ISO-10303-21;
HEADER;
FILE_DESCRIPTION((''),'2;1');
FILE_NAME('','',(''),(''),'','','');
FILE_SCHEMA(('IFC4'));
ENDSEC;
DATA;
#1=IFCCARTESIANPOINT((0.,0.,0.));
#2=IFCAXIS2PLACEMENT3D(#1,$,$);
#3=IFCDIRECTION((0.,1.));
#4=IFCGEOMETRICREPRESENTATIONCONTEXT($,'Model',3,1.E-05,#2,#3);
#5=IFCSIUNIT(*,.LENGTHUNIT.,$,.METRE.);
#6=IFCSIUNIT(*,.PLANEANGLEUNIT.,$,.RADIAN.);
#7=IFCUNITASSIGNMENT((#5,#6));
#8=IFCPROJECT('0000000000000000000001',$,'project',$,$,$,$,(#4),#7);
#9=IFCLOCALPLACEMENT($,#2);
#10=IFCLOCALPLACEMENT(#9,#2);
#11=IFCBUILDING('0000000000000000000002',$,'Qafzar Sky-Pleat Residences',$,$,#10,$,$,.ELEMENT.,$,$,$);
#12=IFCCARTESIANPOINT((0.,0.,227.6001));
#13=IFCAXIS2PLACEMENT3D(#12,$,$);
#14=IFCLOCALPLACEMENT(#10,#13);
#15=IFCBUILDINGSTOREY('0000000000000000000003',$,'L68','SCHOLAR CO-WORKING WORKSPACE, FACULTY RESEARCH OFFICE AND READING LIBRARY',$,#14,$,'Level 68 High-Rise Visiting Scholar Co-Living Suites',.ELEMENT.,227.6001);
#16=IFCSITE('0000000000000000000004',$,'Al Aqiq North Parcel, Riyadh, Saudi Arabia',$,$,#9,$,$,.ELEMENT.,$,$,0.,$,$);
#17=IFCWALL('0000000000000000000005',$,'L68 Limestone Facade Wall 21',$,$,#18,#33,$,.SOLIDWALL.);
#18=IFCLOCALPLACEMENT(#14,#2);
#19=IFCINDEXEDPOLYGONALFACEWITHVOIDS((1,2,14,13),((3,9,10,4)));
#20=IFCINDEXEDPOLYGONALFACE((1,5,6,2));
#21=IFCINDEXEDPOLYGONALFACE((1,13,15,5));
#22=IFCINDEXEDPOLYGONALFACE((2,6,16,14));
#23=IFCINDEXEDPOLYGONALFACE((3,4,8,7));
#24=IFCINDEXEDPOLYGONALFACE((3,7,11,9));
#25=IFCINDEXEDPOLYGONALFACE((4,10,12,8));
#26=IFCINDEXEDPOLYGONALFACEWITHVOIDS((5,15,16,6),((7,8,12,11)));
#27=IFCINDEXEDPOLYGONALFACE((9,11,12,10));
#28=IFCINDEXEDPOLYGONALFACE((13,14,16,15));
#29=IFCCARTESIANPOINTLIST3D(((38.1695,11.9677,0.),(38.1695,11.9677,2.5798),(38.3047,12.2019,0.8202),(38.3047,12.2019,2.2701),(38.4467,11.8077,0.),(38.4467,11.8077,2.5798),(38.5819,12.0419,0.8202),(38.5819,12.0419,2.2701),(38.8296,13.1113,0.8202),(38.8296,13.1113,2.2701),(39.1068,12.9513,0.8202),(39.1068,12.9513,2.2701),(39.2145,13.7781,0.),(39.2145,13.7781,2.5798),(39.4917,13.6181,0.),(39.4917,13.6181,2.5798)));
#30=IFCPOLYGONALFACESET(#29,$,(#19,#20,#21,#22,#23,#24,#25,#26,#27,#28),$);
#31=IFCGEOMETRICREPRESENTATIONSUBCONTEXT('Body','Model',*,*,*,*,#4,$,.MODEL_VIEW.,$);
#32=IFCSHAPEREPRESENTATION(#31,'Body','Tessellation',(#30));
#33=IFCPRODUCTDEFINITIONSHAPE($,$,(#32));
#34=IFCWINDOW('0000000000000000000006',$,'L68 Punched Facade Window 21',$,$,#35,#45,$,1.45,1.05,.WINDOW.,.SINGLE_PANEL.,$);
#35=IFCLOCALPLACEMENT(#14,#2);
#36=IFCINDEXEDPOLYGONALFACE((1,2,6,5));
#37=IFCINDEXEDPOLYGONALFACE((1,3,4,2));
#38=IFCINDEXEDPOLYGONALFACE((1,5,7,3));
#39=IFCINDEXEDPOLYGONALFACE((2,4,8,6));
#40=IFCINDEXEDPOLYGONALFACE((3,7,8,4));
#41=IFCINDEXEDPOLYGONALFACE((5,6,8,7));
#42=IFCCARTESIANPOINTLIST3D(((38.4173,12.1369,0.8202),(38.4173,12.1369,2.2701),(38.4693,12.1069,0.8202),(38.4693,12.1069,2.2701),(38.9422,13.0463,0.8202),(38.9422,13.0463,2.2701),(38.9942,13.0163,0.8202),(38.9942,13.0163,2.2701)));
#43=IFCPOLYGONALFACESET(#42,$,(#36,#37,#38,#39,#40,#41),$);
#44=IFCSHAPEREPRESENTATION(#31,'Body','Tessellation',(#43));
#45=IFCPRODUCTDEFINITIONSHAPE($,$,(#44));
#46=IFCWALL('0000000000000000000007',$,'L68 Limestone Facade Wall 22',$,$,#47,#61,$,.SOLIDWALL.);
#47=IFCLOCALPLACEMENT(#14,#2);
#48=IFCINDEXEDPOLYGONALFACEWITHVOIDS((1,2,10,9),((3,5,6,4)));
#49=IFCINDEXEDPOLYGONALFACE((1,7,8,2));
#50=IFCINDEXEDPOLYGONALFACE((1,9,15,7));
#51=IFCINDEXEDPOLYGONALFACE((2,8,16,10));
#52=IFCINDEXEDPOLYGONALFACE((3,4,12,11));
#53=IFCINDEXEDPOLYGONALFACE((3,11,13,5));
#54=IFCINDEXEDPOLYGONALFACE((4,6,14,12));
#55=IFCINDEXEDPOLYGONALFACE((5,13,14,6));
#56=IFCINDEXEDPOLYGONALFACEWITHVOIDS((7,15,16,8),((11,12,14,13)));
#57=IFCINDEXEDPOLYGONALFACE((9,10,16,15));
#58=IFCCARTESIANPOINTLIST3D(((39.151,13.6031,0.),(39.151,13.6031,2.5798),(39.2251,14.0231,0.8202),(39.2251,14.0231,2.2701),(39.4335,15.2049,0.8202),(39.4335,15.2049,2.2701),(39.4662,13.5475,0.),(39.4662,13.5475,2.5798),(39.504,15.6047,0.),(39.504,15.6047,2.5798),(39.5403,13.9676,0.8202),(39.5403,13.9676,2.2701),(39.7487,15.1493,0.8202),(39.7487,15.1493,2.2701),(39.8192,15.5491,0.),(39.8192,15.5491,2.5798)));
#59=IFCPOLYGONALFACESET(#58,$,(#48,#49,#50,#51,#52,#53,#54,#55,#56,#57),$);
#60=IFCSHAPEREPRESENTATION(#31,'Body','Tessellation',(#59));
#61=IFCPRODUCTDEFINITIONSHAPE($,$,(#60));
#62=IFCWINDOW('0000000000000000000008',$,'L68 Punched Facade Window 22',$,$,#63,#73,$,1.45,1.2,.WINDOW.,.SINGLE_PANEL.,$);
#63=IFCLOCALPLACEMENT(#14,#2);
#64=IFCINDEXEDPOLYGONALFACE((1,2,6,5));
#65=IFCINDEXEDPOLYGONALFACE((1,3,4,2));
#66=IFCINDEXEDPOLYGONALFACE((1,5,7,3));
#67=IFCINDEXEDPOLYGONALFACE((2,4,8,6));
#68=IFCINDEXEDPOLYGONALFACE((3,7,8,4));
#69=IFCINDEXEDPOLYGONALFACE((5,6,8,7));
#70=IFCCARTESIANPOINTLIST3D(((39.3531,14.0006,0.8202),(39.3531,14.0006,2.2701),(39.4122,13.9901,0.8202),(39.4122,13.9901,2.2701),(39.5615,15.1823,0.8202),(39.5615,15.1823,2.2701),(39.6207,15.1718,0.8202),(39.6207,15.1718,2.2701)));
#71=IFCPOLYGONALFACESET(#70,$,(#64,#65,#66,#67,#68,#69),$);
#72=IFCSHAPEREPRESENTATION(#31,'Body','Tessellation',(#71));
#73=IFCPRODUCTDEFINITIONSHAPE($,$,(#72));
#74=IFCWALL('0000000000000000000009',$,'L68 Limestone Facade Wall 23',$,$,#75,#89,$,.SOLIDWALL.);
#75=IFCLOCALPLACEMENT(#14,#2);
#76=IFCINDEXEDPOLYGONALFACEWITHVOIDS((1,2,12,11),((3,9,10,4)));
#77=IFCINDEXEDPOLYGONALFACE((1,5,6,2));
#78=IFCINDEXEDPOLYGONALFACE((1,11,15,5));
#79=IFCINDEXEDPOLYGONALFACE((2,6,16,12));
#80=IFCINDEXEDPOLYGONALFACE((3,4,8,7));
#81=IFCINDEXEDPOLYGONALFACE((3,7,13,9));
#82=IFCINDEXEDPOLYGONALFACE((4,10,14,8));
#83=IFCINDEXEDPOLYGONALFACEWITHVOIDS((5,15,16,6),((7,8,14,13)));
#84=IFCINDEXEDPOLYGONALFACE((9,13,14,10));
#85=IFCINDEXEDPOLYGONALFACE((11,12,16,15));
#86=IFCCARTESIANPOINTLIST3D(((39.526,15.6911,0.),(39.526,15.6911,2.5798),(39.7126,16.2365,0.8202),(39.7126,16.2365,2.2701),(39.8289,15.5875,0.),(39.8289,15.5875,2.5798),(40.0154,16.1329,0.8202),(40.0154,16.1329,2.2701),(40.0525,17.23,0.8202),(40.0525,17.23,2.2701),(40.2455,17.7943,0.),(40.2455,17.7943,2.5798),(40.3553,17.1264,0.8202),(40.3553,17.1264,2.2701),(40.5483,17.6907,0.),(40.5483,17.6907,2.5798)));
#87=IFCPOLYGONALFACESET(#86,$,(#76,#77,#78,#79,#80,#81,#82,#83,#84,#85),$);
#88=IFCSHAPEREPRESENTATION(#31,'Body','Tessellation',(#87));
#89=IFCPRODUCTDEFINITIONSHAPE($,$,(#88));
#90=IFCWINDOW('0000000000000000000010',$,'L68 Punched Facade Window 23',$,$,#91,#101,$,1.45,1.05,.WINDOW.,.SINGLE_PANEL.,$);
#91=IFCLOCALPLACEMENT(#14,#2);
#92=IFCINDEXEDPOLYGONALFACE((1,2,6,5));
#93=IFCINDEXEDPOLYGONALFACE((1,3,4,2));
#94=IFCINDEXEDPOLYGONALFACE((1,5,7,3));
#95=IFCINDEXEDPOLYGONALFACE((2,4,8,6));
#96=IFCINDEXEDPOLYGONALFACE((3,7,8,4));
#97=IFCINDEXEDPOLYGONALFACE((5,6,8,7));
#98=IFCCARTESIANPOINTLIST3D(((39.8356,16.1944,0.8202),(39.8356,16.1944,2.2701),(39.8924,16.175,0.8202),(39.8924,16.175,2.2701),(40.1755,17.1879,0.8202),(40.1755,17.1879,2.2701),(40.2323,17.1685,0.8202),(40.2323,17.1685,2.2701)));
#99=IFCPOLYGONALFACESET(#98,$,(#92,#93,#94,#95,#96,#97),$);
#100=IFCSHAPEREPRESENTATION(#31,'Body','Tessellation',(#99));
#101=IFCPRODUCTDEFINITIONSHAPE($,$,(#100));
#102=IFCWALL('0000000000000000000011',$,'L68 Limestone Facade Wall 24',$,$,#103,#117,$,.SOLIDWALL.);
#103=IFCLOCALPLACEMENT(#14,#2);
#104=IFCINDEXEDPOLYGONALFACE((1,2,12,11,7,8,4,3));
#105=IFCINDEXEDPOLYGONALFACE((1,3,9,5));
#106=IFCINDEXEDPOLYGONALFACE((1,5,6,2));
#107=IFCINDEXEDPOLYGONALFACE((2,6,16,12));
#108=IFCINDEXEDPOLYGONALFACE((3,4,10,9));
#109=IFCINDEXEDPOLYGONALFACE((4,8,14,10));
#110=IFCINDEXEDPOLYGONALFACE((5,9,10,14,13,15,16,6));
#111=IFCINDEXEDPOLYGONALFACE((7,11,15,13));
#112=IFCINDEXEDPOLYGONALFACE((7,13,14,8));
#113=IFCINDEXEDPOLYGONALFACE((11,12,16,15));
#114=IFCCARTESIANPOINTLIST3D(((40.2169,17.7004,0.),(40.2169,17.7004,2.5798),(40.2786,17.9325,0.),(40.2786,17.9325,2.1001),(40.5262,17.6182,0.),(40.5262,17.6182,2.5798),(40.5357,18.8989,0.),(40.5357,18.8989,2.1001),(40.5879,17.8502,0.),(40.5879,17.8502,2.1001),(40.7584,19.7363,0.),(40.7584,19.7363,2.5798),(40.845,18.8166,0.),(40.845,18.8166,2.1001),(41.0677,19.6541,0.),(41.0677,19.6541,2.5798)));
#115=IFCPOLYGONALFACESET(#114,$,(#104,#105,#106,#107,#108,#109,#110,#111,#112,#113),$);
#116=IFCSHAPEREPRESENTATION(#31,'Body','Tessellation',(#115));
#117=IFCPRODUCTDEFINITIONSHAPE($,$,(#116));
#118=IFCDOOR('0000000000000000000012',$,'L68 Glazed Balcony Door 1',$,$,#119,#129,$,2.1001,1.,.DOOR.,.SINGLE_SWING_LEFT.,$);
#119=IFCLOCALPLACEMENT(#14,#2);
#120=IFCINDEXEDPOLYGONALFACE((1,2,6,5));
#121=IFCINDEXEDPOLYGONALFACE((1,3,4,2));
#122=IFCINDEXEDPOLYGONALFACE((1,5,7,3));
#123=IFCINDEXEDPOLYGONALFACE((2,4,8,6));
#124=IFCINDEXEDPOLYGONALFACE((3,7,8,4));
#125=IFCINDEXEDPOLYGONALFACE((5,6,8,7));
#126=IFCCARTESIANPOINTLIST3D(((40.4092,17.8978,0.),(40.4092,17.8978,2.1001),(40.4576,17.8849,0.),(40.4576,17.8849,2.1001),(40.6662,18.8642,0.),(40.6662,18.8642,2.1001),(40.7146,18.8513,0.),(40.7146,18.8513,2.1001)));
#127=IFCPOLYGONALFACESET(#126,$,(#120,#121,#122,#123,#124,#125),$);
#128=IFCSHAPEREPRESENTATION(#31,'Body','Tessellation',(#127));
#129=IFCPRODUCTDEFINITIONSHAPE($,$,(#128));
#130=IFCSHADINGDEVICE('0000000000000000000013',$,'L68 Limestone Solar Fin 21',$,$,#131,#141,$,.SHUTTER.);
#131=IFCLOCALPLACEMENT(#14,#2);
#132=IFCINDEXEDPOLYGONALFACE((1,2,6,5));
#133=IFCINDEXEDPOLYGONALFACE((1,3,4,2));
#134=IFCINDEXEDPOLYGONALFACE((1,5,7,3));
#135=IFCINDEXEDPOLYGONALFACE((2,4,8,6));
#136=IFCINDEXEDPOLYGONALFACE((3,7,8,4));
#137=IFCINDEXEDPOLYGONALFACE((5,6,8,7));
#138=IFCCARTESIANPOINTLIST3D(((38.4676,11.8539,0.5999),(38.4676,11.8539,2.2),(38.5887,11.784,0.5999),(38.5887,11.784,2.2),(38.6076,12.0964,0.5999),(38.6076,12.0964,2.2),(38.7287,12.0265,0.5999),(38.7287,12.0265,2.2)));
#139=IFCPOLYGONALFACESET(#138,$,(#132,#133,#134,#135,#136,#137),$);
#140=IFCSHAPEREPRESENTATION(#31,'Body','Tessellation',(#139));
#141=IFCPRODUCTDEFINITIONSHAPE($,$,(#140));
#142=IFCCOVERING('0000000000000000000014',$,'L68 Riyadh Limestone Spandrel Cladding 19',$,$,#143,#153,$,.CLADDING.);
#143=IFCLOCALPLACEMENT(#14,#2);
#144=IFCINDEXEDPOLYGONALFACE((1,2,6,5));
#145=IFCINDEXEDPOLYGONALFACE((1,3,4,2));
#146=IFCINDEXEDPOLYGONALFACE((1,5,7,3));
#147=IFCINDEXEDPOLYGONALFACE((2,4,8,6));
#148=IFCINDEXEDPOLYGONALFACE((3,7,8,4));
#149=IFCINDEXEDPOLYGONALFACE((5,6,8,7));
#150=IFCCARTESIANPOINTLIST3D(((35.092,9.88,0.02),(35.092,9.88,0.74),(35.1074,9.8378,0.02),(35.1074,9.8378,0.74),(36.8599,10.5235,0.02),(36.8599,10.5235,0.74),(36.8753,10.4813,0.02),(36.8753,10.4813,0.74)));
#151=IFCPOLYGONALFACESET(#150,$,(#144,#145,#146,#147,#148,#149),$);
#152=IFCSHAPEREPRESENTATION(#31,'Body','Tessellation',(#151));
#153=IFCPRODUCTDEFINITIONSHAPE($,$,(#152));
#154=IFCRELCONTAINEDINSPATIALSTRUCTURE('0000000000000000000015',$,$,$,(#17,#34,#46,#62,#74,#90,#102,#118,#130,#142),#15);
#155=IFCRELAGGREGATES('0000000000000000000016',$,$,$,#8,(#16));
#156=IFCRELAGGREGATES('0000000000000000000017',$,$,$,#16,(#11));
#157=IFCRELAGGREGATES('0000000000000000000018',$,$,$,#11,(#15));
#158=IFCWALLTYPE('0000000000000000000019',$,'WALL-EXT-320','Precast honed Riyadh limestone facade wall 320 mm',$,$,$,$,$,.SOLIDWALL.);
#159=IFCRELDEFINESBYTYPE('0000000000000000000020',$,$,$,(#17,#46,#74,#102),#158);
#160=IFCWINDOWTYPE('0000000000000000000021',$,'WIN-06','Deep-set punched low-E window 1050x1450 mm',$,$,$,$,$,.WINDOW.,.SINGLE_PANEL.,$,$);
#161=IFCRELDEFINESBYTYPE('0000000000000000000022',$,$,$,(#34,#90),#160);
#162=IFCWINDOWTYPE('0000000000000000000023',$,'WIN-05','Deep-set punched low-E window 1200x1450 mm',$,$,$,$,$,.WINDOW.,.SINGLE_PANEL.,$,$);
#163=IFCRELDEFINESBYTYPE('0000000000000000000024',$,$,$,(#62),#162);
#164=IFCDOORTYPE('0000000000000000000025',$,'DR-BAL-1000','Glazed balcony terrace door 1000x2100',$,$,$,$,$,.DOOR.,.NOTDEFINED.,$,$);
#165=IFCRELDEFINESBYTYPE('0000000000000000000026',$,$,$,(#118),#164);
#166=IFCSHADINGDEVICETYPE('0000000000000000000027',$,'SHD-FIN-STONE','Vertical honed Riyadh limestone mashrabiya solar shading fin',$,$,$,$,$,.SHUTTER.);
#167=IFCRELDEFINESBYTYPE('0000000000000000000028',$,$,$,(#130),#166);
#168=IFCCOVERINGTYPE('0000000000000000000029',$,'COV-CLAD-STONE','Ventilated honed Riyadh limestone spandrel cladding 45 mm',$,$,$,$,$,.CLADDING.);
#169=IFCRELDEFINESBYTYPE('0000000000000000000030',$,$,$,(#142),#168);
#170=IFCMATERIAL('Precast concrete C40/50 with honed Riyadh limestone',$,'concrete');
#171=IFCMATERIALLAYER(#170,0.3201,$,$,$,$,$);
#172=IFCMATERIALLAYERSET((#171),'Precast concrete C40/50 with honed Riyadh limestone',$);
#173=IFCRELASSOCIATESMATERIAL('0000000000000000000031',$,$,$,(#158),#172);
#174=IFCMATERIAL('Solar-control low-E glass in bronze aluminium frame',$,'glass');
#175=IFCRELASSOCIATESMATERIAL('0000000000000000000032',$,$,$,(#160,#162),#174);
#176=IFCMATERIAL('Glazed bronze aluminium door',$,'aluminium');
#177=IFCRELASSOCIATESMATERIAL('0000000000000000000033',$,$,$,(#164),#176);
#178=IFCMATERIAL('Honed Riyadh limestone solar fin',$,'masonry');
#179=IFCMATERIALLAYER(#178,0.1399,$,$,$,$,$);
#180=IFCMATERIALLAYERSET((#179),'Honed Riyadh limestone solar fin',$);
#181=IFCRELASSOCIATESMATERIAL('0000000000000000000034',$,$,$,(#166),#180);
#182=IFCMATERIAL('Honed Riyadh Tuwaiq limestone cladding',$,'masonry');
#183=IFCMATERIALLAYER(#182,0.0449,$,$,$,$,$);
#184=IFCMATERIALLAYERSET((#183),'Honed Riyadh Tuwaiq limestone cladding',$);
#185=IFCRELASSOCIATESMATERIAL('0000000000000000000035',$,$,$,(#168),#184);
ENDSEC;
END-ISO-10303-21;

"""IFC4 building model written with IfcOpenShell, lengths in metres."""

from ifc_helpers import new_model, si_unit, direction, frame, frame_2d, origin, origin_2d, place, context, subcontext, project, spatial, rectangle, extrude, source, transform, mapped, material, layer, layer_set, type_object, element, fill, save


model = new_model("IFC4")

# Units and contexts
model_context = context("Model", 3, precision=1e-05, world=origin(), true_north=direction((0.0, 1.0)))
body_context = subcontext(model_context, "Body", "Model", "MODEL_VIEW")
ifc_project = project(units=[si_unit("LENGTHUNIT", "METRE"), si_unit("PLANEANGLEUNIT", "RADIAN")], contexts=[model_context])

# Site, building, storey
site_placement = place(None, origin())
site = spatial("IfcSite", under=ifc_project, at=site_placement, Name="Al Aqiq North Parcel, Riyadh, Saudi Arabia", CompositionType="ELEMENT", RefElevation=0.0)
building_placement = place(site_placement, origin())
building = spatial("IfcBuilding", under=site, at=building_placement, Name="Qafzar Sky-Pleat Residences", CompositionType="ELEMENT")
storey_placement = place(building_placement, frame((0.0, 0.0, 227.6001)))
storey = spatial("IfcBuildingStorey", under=building, at=storey_placement, Name="L68", Description="SCHOLAR CO-WORKING WORKSPACE, FACULTY RESEARCH OFFICE AND READING LIBRARY", LongName="Level 68 High-Rise Visiting Scholar Co-Living Suites", CompositionType="ELEMENT", Elevation=227.6001)

# Walls, openings, windows
ifc_material_1 = material(Name="Precast concrete C40/50 with honed Riyadh limestone", Category="concrete")
ifc_layer_1 = layer(ifc_material_1, 0.3201)
ifc_layer_set_1 = layer_set([ifc_layer_1], Name="Precast concrete C40/50 with honed Riyadh limestone")
wall_type_1 = type_object("IfcWallType", Name="WALL-EXT-320", Description="Precast honed Riyadh limestone facade wall 320 mm", PredefinedType="SOLIDWALL", material=ifc_layer_set_1)
ifc_material_2 = material(Name="Solar-control low-E glass in bronze aluminium frame", Category="glass")
wall_1_placement = place(storey_placement, frame((38.3081, 11.8877, 0.0), z_axis=(0.0, 0.0, 1.0), x_axis=(0.499908, 0.866079, 0.0)))
wall_1 = element("IfcWall", 1, at=wall_1_placement, inside=storey, type_object=wall_type_1, Name="L68 Limestone Facade Wall 21", PredefinedType="SOLIDWALL", context=body_context, shape_type="SweptSolid", body=[
    extrude(rectangle(XDim=2.0903, YDim=0.3201, at=frame_2d((1.0452, 0.0))), origin(), (0.0, 0.0, 1.0), 2.5798),
])
opening_1_placement = place(wall_1_placement, frame((0.2705, 0.0, 0.8201)))
opening_1 = element("IfcOpeningElement", 2, at=opening_1_placement, cuts=wall_1, PredefinedType="OPENING", context=body_context, shape_type="SweptSolid", body=[
    extrude(rectangle(XDim=1.05, YDim=1.45, at=frame_2d((0.5249, 0.7251))), frame((0.0, 0.1699, 0.0), z_axis=(0.0, -1.0, 0.0), x_axis=(1.0, 0.0, 0.0)), (0.0, 0.0, 1.0), 0.3401),
])
window_type_1 = type_object("IfcWindowType", Name="WIN-06", Description="Deep-set punched low-E window 1050x1450 mm", PartitioningType="SINGLE_PANEL", PredefinedType="WINDOW", material=ifc_material_2)
shared_shape_1 = source(origin(), body_context, "Body", "SweptSolid", [
    extrude(rectangle(XDim=1.05, YDim=1.45, at=frame_2d((0.5249, 0.7251))), frame((0.0, 0.03, 0.0), z_axis=(0.0, -1.0, 0.0), x_axis=(1.0, 0.0, 0.0)), (0.0, 0.0, 1.0), 0.0601),
])
window_1_placement = place(opening_1_placement, origin())
window_1 = element("IfcWindow", 3, at=window_1_placement, inside=storey, type_object=window_type_1, Name="L68 Punched Facade Window 21", OverallHeight=1.45, OverallWidth=1.05, PartitioningType="SINGLE_PANEL", PredefinedType="WINDOW", context=body_context, shape_type="MappedRepresentation", body=[
    mapped(shared_shape_1, transform((0.0, 0.0, 0.0), x_axis=(1.0, 0.0, 0.0), y_axis=(0.0, 1.0, 0.0), z_axis=(0.0, 0.0, 1.0), scale=1.0)),
])
fill(opening_1, window_1)
wall_2_placement = place(storey_placement, frame((39.3086, 13.5754, 0.0), z_axis=(0.0, 0.0, 1.0), x_axis=(0.173703, 0.984798, 0.0)))
wall_2 = element("IfcWall", 4, at=wall_2_placement, inside=storey, type_object=wall_type_1, Name="L68 Limestone Facade Wall 22", PredefinedType="SOLIDWALL", context=body_context, shape_type="SweptSolid", body=[
    extrude(rectangle(XDim=2.0325, YDim=0.3201, at=frame_2d((1.0161, 0.0))), origin(), (0.0, 0.0, 1.0), 2.5798),
])
opening_2_placement = place(wall_2_placement, frame((0.4263, 0.0, 0.8201)))
opening_2 = element("IfcOpeningElement", 5, at=opening_2_placement, cuts=wall_2, PredefinedType="OPENING", context=body_context, shape_type="SweptSolid", body=[
    extrude(rectangle(XDim=1.2, YDim=1.45, at=frame_2d((0.6001, 0.7251))), frame((0.0, 0.1699, 0.0), z_axis=(0.0, -1.0, 0.0), x_axis=(1.0, 0.0, 0.0)), (0.0, 0.0, 1.0), 0.3401),
])
window_type_2 = type_object("IfcWindowType", Name="WIN-05", Description="Deep-set punched low-E window 1200x1450 mm", PartitioningType="SINGLE_PANEL", PredefinedType="WINDOW", material=ifc_material_2)
shared_shape_2 = source(origin(), body_context, "Body", "SweptSolid", [
    extrude(rectangle(XDim=1.2, YDim=1.45, at=frame_2d((0.6001, 0.7251))), frame((0.0, 0.03, 0.0), z_axis=(0.0, -1.0, 0.0), x_axis=(1.0, 0.0, 0.0)), (0.0, 0.0, 1.0), 0.0601),
])
window_2_placement = place(opening_2_placement, origin())
window_2 = element("IfcWindow", 6, at=window_2_placement, inside=storey, type_object=window_type_2, Name="L68 Punched Facade Window 22", OverallHeight=1.45, OverallWidth=1.2, PartitioningType="SINGLE_PANEL", PredefinedType="WINDOW", context=body_context, shape_type="MappedRepresentation", body=[
    mapped(shared_shape_2, transform((0.0, 0.0, 0.0), x_axis=(1.0, 0.0, 0.0), y_axis=(0.0, 1.0, 0.0), z_axis=(0.0, 0.0, 1.0), scale=1.0)),
])
fill(opening_2, window_2)
wall_3_placement = place(storey_placement, frame((39.6775, 15.6394, 0.0), z_axis=(0.0, 0.0, 1.0), x_axis=(0.323664, 0.946172, 0.0)))
wall_3 = element("IfcWall", 7, at=wall_3_placement, inside=storey, type_object=wall_type_1, Name="L68 Limestone Facade Wall 23", PredefinedType="SOLIDWALL", context=body_context, shape_type="SweptSolid", body=[
    extrude(rectangle(XDim=2.2229, YDim=0.3201, at=frame_2d((1.1113, 0.0))), origin(), (0.0, 0.0, 1.0), 2.5798),
])
opening_3_placement = place(wall_3_placement, frame((0.5764, 0.0, 0.8201)))
opening_3 = element("IfcOpeningElement", 8, at=opening_3_placement, cuts=wall_3, PredefinedType="OPENING", context=body_context, shape_type="SweptSolid", body=[
    extrude(rectangle(XDim=1.05, YDim=1.45, at=frame_2d((0.5249, 0.7251))), frame((0.0, 0.1699, 0.0), z_axis=(0.0, -1.0, 0.0), x_axis=(1.0, 0.0, 0.0)), (0.0, 0.0, 1.0), 0.3401),
])
window_3_placement = place(opening_3_placement, origin())
window_3 = element("IfcWindow", 9, at=window_3_placement, inside=storey, type_object=window_type_1, Name="L68 Punched Facade Window 23", OverallHeight=1.45, OverallWidth=1.05, PartitioningType="SINGLE_PANEL", PredefinedType="WINDOW", context=body_context, shape_type="MappedRepresentation", body=[
    mapped(shared_shape_1, transform((0.0, 0.0, 0.0), x_axis=(1.0, 0.0, 0.0), y_axis=(0.0, 1.0, 0.0), z_axis=(0.0, 0.0, 1.0), scale=1.0)),
])
fill(opening_3, window_3)

# Wall, opening, door
wall_4_placement = place(storey_placement, frame((40.3716, 17.6594, 0.0), z_axis=(0.0, 0.0, 1.0), x_axis=(0.257042, 0.9664, 0.0)))
wall_4 = element("IfcWall", 10, at=wall_4_placement, inside=storey, type_object=wall_type_1, Name="L68 Limestone Facade Wall 24", PredefinedType="SOLIDWALL", context=body_context, shape_type="SweptSolid", body=[
    extrude(rectangle(XDim=2.1067, YDim=0.3201, at=frame_2d((1.0532, 0.0))), origin(), (0.0, 0.0, 1.0), 2.5798),
])
opening_4_placement = place(wall_4_placement, frame((0.24, 0.0, 0.0)))
opening_4 = element("IfcOpeningElement", 11, at=opening_4_placement, cuts=wall_4, PredefinedType="OPENING", context=body_context, shape_type="SweptSolid", body=[
    extrude(rectangle(XDim=1.0, YDim=2.1001, at=frame_2d((0.5, 1.05))), frame((0.0, 0.1699, 0.0), z_axis=(0.0, -1.0, 0.0), x_axis=(1.0, 0.0, 0.0)), (0.0, 0.0, 1.0), 0.3401),
])
ifc_material_3 = material(Name="Glazed bronze aluminium door", Category="aluminium")
door_type_1 = type_object("IfcDoorType", Name="DR-BAL-1000", Description="Glazed balcony terrace door 1000x2100", OperationType="NOTDEFINED", PredefinedType="DOOR", material=ifc_material_3)
shared_shape_3 = source(origin(), body_context, "Body", "SweptSolid", [
    extrude(rectangle(XDim=1.0, YDim=2.1001, at=frame_2d((0.5, 1.05))), frame((0.0, 0.0249, 0.0), z_axis=(0.0, -1.0, 0.0), x_axis=(1.0, 0.0, 0.0)), (0.0, 0.0, 1.0), 0.05),
])
door_1_placement = place(opening_4_placement, origin())
door_1 = element("IfcDoor", 12, at=door_1_placement, inside=storey, type_object=door_type_1, Name="L68 Glazed Balcony Door 1", OperationType="SINGLE_SWING_LEFT", OverallHeight=2.1001, OverallWidth=1.0, PredefinedType="DOOR", context=body_context, shape_type="MappedRepresentation", body=[
    mapped(shared_shape_3, transform((0.0, 0.0, 0.0), x_axis=(1.0, 0.0, 0.0), y_axis=(0.0, 1.0, 0.0), z_axis=(0.0, 0.0, 1.0), scale=1.0)),
])
fill(opening_4, door_1)

# Shading device
ifc_material_4 = material(Name="Honed Riyadh limestone solar fin", Category="masonry")
ifc_layer_2 = layer(ifc_material_4, 0.1399)
ifc_layer_set_2 = layer_set([ifc_layer_2], Name="Honed Riyadh limestone solar fin")
shading_device_type = type_object("IfcShadingDeviceType", Name="SHD-FIN-STONE", Description="Vertical honed Riyadh limestone mashrabiya solar shading fin", PredefinedType="SHUTTER", material=ifc_layer_set_2)
shared_shape_4 = source(origin(), body_context, "Body", "SweptSolid", [
    extrude(rectangle(XDim=0.1399, YDim=0.28, at=origin_2d()), origin(), (0.0, 0.0, 1.0), 1.6001),
])
shading_device_placement = place(storey_placement, frame((38.5981, 11.9402, 0.5999), z_axis=(0.0, 0.0, 1.0), x_axis=(0.866032, -0.499989, 0.0)))
element("IfcShadingDevice", 13, at=shading_device_placement, inside=storey, type_object=shading_device_type, Name="L68 Limestone Solar Fin 21", PredefinedType="SHUTTER", context=body_context, shape_type="MappedRepresentation", body=[
    mapped(shared_shape_4, transform((0.0, 0.0, 0.0), x_axis=(1.0, 0.0, 0.0), y_axis=(0.0, 1.0, 0.0), z_axis=(0.0, 0.0, 1.0), scale=1.0)),
])

# Covering
ifc_material_5 = material(Name="Honed Riyadh Tuwaiq limestone cladding", Category="masonry")
ifc_layer_3 = layer(ifc_material_5, 0.0449)
ifc_layer_set_3 = layer_set([ifc_layer_3], Name="Honed Riyadh Tuwaiq limestone cladding")
covering_type = type_object("IfcCoveringType", Name="COV-CLAD-STONE", Description="Ventilated honed Riyadh limestone spandrel cladding 45 mm", PredefinedType="CLADDING", material=ifc_layer_set_3)
shared_shape_5 = source(origin(), body_context, "Body", "SweptSolid", [
    extrude(rectangle(XDim=1.8813, YDim=0.0449, at=origin_2d()), origin(), (0.0, 0.0, 1.0), 0.72),
])
covering_1_placement = place(storey_placement, frame((35.9836, 10.1807, 0.02), z_axis=(0.0, 0.0, 1.0), x_axis=(0.939694, 0.342016, 0.0)))
element("IfcCovering", 14, at=covering_1_placement, inside=storey, type_object=covering_type, Name="L68 Riyadh Limestone Spandrel Cladding 19", PredefinedType="CLADDING", context=body_context, shape_type="MappedRepresentation", body=[
    mapped(shared_shape_5, transform((0.0, 0.0, 0.0), x_axis=(1.0, 0.0, 0.0), y_axis=(0.0, 1.0, 0.0), z_axis=(0.0, 0.0, 1.0), scale=1.0)),
])

save(model, "model.ifc")
